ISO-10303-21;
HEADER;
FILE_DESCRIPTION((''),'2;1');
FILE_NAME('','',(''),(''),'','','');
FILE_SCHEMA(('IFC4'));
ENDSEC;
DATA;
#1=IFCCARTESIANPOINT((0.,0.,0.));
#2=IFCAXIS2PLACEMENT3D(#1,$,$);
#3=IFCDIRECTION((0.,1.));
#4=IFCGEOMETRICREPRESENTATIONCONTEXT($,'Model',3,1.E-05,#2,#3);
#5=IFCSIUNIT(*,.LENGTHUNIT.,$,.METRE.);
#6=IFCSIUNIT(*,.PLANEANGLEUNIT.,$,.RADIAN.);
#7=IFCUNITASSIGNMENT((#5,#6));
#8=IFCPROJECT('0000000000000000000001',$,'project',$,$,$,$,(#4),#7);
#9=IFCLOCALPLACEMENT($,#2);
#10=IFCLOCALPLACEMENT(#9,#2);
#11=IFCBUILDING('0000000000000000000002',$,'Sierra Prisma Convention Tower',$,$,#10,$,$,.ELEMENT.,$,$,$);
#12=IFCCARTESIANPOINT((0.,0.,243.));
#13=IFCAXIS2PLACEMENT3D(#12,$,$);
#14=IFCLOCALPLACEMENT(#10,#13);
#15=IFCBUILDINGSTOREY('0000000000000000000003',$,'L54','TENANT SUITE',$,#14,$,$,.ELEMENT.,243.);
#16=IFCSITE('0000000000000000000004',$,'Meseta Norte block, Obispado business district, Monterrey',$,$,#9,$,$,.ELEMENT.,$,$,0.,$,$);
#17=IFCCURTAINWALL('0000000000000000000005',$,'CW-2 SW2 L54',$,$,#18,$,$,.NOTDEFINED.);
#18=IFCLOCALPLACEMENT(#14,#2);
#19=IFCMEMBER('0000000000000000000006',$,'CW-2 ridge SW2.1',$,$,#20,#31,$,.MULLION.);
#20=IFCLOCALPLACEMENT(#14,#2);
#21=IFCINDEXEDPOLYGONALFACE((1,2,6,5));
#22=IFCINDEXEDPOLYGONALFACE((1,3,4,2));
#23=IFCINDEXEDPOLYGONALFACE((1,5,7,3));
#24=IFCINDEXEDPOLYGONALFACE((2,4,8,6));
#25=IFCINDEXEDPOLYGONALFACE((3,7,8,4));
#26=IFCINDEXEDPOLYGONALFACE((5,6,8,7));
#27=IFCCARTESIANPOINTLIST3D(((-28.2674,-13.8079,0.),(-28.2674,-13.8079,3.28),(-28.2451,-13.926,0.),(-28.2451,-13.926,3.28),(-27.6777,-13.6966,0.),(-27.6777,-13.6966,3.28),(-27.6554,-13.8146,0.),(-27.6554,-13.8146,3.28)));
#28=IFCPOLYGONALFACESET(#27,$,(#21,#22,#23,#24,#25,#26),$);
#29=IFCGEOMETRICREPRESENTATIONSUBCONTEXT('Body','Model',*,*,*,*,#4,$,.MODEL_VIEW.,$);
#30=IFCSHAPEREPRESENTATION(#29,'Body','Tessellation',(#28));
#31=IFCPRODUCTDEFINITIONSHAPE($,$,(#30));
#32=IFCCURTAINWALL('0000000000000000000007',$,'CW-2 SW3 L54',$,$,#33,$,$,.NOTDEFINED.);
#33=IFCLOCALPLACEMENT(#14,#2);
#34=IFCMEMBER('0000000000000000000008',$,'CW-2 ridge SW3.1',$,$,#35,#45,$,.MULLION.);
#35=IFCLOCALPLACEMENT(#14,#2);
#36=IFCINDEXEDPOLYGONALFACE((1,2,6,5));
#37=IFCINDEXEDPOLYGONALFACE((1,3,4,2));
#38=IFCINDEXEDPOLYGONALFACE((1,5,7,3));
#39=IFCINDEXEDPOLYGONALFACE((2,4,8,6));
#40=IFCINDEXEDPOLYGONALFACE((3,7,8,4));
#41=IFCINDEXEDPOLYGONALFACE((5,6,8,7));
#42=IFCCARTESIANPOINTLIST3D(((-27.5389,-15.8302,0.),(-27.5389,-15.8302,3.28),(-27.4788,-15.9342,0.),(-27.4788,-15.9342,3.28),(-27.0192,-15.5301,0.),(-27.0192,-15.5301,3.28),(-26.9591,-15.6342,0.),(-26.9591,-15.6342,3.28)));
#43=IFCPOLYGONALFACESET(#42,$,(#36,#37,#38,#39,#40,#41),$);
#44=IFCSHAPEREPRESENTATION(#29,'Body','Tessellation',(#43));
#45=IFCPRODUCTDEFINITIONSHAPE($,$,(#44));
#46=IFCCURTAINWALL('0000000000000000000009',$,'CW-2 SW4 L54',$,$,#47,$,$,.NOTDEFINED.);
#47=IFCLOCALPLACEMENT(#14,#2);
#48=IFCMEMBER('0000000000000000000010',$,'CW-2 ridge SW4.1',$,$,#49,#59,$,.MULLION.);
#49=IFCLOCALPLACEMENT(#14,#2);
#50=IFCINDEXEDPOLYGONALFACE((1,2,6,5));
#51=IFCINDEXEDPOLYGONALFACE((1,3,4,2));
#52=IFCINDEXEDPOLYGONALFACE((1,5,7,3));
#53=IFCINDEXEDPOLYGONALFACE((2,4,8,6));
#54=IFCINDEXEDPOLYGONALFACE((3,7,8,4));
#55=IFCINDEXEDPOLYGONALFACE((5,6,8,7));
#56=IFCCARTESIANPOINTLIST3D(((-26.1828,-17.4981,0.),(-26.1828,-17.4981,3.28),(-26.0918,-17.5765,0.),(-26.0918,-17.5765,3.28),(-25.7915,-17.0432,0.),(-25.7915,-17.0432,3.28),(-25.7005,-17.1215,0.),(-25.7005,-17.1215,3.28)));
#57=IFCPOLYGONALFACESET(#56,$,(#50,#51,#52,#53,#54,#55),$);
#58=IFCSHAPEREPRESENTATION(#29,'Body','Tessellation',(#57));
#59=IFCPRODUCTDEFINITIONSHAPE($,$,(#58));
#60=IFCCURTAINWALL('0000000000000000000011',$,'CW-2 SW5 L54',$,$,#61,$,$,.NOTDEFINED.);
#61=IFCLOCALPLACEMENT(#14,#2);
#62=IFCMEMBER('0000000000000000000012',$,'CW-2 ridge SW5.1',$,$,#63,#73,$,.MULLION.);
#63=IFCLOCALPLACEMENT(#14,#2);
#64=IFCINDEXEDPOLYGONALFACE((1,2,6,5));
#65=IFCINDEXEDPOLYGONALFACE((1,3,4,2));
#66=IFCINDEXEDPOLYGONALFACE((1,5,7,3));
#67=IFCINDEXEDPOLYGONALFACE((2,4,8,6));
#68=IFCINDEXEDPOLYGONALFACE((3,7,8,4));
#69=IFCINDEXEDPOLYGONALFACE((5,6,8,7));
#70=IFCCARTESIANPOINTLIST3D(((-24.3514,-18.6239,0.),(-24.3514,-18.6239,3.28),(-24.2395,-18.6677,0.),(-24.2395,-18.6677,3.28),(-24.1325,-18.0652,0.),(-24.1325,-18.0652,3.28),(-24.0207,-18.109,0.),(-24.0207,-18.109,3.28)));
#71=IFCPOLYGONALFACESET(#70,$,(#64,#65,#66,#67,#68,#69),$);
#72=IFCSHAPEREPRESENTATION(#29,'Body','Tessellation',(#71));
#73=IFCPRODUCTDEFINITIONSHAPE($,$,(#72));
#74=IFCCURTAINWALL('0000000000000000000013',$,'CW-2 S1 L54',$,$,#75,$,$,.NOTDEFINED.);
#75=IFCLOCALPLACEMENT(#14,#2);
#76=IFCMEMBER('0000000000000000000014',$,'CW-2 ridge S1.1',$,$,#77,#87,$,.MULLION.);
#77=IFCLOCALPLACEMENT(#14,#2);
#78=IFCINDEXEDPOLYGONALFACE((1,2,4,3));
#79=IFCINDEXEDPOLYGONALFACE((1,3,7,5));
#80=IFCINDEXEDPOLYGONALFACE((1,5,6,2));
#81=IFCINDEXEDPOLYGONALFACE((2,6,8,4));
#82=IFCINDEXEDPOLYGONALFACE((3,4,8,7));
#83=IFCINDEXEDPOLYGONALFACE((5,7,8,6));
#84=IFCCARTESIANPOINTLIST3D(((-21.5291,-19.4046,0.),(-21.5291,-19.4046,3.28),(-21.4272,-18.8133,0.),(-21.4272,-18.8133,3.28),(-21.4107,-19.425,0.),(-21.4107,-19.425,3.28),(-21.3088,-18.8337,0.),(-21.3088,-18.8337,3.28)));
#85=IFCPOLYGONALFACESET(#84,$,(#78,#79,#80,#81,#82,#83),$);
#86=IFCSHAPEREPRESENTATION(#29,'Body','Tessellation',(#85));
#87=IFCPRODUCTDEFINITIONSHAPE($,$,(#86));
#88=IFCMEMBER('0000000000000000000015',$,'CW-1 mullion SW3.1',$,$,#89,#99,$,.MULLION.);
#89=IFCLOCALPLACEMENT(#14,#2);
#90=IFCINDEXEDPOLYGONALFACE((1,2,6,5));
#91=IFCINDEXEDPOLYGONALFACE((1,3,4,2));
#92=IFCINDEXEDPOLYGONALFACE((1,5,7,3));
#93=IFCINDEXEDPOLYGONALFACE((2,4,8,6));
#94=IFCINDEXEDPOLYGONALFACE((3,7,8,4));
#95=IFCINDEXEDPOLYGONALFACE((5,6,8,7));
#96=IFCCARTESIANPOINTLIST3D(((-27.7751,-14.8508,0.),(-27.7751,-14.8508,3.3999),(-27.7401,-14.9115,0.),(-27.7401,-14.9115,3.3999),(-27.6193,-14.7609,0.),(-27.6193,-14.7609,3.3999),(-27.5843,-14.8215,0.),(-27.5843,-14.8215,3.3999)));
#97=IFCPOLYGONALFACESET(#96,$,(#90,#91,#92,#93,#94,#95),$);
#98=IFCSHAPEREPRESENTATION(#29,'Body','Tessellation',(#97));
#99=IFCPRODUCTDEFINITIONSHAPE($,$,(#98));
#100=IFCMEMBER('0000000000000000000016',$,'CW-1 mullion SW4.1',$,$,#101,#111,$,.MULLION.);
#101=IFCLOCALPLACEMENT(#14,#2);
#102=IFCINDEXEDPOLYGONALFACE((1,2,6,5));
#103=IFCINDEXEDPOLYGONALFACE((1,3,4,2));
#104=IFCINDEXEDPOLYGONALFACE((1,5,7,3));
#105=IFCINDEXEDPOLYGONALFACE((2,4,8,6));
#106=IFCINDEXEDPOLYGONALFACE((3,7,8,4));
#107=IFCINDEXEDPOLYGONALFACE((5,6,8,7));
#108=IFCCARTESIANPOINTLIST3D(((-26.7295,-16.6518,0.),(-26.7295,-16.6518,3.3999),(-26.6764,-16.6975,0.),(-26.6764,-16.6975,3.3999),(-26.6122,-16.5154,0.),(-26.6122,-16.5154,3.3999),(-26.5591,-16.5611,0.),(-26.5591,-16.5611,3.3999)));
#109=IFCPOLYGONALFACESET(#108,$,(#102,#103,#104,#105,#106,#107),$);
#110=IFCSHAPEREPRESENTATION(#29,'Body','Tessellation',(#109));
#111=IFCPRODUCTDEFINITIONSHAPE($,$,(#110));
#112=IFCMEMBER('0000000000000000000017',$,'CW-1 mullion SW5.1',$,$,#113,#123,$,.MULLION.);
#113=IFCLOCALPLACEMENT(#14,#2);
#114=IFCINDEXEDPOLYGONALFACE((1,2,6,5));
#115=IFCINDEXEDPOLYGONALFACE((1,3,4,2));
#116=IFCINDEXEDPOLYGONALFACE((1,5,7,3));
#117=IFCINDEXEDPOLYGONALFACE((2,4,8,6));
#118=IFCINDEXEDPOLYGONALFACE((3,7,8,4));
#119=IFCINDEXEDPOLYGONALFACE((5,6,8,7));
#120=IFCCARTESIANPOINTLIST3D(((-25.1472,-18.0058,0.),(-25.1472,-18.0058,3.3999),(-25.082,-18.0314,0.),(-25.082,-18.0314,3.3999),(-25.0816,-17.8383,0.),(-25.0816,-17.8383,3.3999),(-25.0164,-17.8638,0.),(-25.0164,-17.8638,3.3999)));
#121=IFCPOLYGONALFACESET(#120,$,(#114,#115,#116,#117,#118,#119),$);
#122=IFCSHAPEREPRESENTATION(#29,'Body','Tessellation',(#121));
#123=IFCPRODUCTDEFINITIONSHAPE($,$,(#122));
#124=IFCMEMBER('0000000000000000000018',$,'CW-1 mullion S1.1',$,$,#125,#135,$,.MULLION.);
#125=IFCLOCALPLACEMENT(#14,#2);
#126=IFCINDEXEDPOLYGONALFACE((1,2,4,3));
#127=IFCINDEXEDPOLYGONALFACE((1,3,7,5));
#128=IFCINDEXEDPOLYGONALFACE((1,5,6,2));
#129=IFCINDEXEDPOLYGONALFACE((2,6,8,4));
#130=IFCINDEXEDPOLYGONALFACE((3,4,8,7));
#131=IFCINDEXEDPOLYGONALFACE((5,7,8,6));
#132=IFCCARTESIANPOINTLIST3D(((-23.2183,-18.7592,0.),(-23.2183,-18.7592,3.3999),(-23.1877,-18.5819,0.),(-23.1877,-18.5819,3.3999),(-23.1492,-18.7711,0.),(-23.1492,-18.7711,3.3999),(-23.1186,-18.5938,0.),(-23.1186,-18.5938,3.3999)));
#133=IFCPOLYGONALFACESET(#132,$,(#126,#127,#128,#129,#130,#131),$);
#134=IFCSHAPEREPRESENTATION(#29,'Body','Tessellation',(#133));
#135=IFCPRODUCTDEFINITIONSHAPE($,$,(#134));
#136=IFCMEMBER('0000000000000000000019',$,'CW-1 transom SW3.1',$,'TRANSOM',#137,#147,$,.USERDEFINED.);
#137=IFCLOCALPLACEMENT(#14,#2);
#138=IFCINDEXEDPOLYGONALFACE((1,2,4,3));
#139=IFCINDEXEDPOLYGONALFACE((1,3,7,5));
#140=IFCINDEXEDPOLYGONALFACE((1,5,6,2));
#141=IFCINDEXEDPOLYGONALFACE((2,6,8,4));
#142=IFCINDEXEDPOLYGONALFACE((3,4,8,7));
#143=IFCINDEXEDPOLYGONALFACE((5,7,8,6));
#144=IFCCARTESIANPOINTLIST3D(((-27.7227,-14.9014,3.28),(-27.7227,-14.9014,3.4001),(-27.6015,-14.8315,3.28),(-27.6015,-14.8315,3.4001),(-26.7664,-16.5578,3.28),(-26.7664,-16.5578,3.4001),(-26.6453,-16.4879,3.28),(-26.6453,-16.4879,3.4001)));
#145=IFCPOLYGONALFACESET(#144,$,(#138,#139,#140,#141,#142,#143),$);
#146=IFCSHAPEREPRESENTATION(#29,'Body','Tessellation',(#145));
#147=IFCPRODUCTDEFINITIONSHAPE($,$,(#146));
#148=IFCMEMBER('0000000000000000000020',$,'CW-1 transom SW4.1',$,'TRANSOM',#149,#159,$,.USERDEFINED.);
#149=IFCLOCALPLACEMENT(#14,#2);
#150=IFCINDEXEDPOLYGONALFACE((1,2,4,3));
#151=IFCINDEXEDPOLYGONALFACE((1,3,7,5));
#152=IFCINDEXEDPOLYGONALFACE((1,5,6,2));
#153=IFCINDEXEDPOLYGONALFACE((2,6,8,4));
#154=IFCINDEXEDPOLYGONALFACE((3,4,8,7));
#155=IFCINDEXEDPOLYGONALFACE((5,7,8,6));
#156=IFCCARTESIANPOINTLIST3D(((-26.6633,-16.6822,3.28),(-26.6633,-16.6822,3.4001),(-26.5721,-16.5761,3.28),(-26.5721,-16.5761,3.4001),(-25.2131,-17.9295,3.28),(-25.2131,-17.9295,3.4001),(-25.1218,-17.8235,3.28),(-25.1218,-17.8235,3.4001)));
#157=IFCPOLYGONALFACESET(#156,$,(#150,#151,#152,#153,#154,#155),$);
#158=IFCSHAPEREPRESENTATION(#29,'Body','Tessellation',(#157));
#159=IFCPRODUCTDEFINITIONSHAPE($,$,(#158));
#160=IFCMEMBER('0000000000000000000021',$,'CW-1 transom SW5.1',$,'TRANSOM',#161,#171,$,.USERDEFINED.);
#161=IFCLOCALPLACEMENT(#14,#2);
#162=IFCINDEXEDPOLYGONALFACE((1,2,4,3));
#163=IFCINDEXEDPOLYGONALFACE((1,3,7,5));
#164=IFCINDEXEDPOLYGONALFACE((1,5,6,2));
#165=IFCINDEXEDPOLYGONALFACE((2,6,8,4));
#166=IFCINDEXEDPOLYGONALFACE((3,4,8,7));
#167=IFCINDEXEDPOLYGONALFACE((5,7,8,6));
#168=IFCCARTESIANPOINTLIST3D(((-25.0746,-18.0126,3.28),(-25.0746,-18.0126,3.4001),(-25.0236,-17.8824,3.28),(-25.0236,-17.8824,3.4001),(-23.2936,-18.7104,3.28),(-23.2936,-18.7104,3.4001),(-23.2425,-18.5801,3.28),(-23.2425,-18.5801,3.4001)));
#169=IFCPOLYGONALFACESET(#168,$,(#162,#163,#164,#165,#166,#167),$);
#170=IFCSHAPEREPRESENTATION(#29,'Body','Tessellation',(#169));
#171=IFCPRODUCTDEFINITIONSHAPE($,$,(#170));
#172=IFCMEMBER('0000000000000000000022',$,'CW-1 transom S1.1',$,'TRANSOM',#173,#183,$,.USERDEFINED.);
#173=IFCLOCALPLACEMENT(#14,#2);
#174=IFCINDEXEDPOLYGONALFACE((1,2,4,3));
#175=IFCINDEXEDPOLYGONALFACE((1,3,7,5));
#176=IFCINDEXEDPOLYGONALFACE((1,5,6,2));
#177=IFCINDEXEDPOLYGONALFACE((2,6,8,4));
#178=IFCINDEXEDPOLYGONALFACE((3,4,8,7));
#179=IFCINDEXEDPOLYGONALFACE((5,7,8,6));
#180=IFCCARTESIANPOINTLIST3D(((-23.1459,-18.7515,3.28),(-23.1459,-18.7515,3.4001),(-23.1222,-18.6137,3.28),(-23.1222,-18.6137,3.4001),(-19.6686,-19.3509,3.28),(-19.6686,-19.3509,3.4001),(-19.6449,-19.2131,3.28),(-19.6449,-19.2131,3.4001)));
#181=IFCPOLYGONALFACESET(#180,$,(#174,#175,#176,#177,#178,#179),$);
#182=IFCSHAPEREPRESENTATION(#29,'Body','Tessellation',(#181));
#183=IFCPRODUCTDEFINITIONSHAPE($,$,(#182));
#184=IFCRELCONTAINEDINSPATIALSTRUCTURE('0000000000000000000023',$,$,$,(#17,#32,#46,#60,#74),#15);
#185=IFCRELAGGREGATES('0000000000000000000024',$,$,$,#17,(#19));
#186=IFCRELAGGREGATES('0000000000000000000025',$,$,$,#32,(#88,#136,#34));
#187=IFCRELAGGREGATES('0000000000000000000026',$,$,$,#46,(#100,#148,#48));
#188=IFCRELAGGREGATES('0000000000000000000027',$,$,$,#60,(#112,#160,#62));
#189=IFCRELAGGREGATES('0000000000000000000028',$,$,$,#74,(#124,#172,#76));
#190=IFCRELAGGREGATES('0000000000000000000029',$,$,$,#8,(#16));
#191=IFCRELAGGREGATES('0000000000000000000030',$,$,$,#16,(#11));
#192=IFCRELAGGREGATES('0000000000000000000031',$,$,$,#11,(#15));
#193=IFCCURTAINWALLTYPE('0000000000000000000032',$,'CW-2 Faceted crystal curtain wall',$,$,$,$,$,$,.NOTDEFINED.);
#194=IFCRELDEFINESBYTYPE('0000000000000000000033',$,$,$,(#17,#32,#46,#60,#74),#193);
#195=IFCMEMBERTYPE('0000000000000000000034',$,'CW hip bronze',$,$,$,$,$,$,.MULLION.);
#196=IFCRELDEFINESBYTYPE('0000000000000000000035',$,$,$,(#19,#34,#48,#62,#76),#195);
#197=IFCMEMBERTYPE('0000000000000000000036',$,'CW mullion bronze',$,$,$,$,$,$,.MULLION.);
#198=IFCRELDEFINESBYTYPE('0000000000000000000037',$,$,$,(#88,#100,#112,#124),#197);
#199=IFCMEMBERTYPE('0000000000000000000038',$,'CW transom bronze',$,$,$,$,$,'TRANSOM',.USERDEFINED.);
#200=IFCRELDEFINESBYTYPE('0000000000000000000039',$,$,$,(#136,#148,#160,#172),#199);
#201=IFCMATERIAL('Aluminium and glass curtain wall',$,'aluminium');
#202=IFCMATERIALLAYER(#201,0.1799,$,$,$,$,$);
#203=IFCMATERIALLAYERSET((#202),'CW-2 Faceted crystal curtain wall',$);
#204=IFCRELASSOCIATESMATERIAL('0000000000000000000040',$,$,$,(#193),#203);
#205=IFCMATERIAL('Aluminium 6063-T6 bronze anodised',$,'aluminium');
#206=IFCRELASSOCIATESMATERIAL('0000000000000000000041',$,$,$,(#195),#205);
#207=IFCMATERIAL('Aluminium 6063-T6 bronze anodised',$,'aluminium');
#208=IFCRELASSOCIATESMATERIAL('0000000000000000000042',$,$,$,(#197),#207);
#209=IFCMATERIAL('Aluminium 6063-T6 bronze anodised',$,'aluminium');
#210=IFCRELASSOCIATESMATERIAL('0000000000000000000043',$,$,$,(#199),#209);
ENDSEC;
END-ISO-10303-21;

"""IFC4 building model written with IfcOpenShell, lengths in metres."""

from ifc_helpers import new_model, si_unit, direction, frame, origin, origin_2d, place, context, subcontext, project, spatial, rectangle, extrude, material, layer, layer_set, material_profile, profile_set, type_object, element, aggregate, save


model = new_model("IFC4")

# Units and contexts
model_context = context("Model", 3, precision=1e-05, world=origin(), true_north=direction((0.0, 1.0)))
body_context = subcontext(model_context, "Body", "Model", "MODEL_VIEW")
ifc_project = project(units=[si_unit("LENGTHUNIT", "METRE"), si_unit("PLANEANGLEUNIT", "RADIAN")], contexts=[model_context])

# Site, building, storey
site_placement = place(None, origin())
site = spatial("IfcSite", under=ifc_project, at=site_placement, Name="Meseta Norte block, Obispado business district, Monterrey", CompositionType="ELEMENT", RefElevation=0.0)
building_placement = place(site_placement, origin())
building = spatial("IfcBuilding", under=site, at=building_placement, Name="Sierra Prisma Convention Tower", CompositionType="ELEMENT")
storey_placement = place(building_placement, frame((0.0, 0.0, 243.0)))
storey = spatial("IfcBuildingStorey", under=building, at=storey_placement, Name="L54", Description="TENANT SUITE", CompositionType="ELEMENT", Elevation=243.0)

# Curtain walls, members
ifc_material_1 = material(Name="Aluminium and glass curtain wall", Category="aluminium")
ifc_layer_1 = layer(ifc_material_1, 0.1799)
ifc_layer_set_1 = layer_set([ifc_layer_1], Name="CW-2 Faceted crystal curtain wall")
curtain_wall_type = type_object("IfcCurtainWallType", Name="CW-2 Faceted crystal curtain wall", PredefinedType="NOTDEFINED", material=ifc_layer_set_1)
curtain_wall_1_placement = place(storey_placement, origin())
curtain_wall_1 = element("IfcCurtainWall", 1, at=curtain_wall_1_placement, inside=storey, type_object=curtain_wall_type, Name="CW-2 SW2 L54", PredefinedType="NOTDEFINED")
ifc_material_2 = material(Name="Aluminium 6063-T6 bronze anodised", Category="aluminium")
ifc_material_profile_1 = material_profile(ifc_material_2, rectangle(XDim=0.1201, YDim=0.6001, at=origin_2d()), Name="ALU RIDGE BLADE 120x600")
ifc_profile_set_1 = profile_set([ifc_material_profile_1], Name="Aluminium 6063-T6 bronze anodised")
member_type_1 = type_object("IfcMemberType", Name="CW hip bronze", PredefinedType="MULLION", material=ifc_profile_set_1)
member_1_placement = place(storey_placement, frame((-27.9614, -13.8113, 0.0), z_axis=(0.0, 0.0, 1.0), x_axis=(0.185582, -0.982629, 0.0)))
member_1 = element("IfcMember", 2, at=member_1_placement, type_object=member_type_1, Name="CW-2 ridge SW2.1", PredefinedType="MULLION", context=body_context, shape_type="SweptSolid", body=[
    extrude(rectangle(XDim=0.1201, YDim=0.6001, at=origin_2d()), origin(), (0.0, 0.0, 1.0), 3.28),
])
curtain_wall_2_placement = place(storey_placement, origin())
curtain_wall_2 = element("IfcCurtainWall", 3, at=curtain_wall_2_placement, inside=storey, type_object=curtain_wall_type, Name="CW-2 SW3 L54", PredefinedType="NOTDEFINED")
member_2_placement = place(storey_placement, frame((-27.249, -15.7322, 0.0), z_axis=(0.0, 0.0, 1.0), x_axis=(0.5, -0.866025, 0.0)))
member_2 = element("IfcMember", 4, at=member_2_placement, type_object=member_type_1, Name="CW-2 ridge SW3.1", PredefinedType="MULLION", context=body_context, shape_type="SweptSolid", body=[
    extrude(rectangle(XDim=0.1201, YDim=0.6001, at=origin_2d()), origin(), (0.0, 0.0, 1.0), 3.28),
])
curtain_wall_3_placement = place(storey_placement, origin())
curtain_wall_3 = element("IfcCurtainWall", 5, at=curtain_wall_3_placement, inside=storey, type_object=curtain_wall_type, Name="CW-2 SW4 L54", PredefinedType="NOTDEFINED")
member_3_placement = place(storey_placement, frame((-25.9417, -17.3098, 0.0), z_axis=(0.0, 0.0, 1.0), x_axis=(0.75819, -0.652033, 0.0)))
member_3 = element("IfcMember", 6, at=member_3_placement, type_object=member_type_1, Name="CW-2 ridge SW4.1", PredefinedType="MULLION", context=body_context, shape_type="SweptSolid", body=[
    extrude(rectangle(XDim=0.1201, YDim=0.6001, at=origin_2d()), origin(), (0.0, 0.0, 1.0), 3.28),
])
curtain_wall_4_placement = place(storey_placement, origin())
curtain_wall_4 = element("IfcCurtainWall", 7, at=curtain_wall_4_placement, inside=storey, type_object=curtain_wall_type, Name="CW-2 SW5 L54", PredefinedType="NOTDEFINED")
member_4_placement = place(storey_placement, frame((-24.186, -18.3665, 0.0), z_axis=(0.0, 0.0, 1.0), x_axis=(0.931119, -0.364717, 0.0)))
member_4 = element("IfcMember", 8, at=member_4_placement, type_object=member_type_1, Name="CW-2 ridge SW5.1", PredefinedType="MULLION", context=body_context, shape_type="SweptSolid", body=[
    extrude(rectangle(XDim=0.1201, YDim=0.6001, at=origin_2d()), origin(), (0.0, 0.0, 1.0), 3.28),
])
curtain_wall_5_placement = place(storey_placement, origin())
curtain_wall_5 = element("IfcCurtainWall", 9, at=curtain_wall_5_placement, inside=storey, type_object=curtain_wall_type, Name="CW-2 S1 L54", PredefinedType="NOTDEFINED")
member_5_placement = place(storey_placement, frame((-21.4189, -19.1191, 0.0), z_axis=(0.0, 0.0, 1.0), x_axis=(0.985463, -0.16989, 0.0)))
member_5 = element("IfcMember", 10, at=member_5_placement, type_object=member_type_1, Name="CW-2 ridge S1.1", PredefinedType="MULLION", context=body_context, shape_type="SweptSolid", body=[
    extrude(rectangle(XDim=0.1201, YDim=0.6001, at=origin_2d()), origin(), (0.0, 0.0, 1.0), 3.28),
])

# Members
ifc_material_3 = material(Name="Aluminium 6063-T6 bronze anodised", Category="aluminium")
ifc_material_profile_2 = material_profile(ifc_material_3, rectangle(XDim=0.1799, YDim=0.0701, at=origin_2d()), Name="ALU MULLION 70x180")
ifc_profile_set_2 = profile_set([ifc_material_profile_2], Name="Aluminium 6063-T6 bronze anodised")
member_type_2 = type_object("IfcMemberType", Name="CW mullion bronze", PredefinedType="MULLION", material=ifc_profile_set_2)
member_6_placement = place(storey_placement, frame((-27.6797, -14.8362, 0.0), z_axis=(0.0, 0.0, 1.0), x_axis=(0.866025, 0.5, 0.0)))
member_6 = element("IfcMember", 11, at=member_6_placement, type_object=member_type_2, Name="CW-1 mullion SW3.1", PredefinedType="MULLION", context=body_context, shape_type="SweptSolid", body=[
    extrude(rectangle(XDim=0.1799, YDim=0.0701, at=origin_2d()), origin(), (0.0, 0.0, 1.0), 3.3999),
])
member_7_placement = place(storey_placement, frame((-26.6443, -16.6064, 0.0), z_axis=(0.0, 0.0, 1.0), x_axis=(0.652033, 0.75819, 0.0)))
member_7 = element("IfcMember", 12, at=member_7_placement, type_object=member_type_2, Name="CW-1 mullion SW4.1", PredefinedType="MULLION", context=body_context, shape_type="SweptSolid", body=[
    extrude(rectangle(XDim=0.1799, YDim=0.0701, at=origin_2d()), origin(), (0.0, 0.0, 1.0), 3.3999),
])
member_8_placement = place(storey_placement, frame((-25.0818, -17.9348, 0.0), z_axis=(0.0, 0.0, 1.0), x_axis=(0.364717, 0.931119, 0.0)))
member_8 = element("IfcMember", 13, at=member_8_placement, type_object=member_type_2, Name="CW-1 mullion SW5.1", PredefinedType="MULLION", context=body_context, shape_type="SweptSolid", body=[
    extrude(rectangle(XDim=0.1799, YDim=0.0701, at=origin_2d()), origin(), (0.0, 0.0, 1.0), 3.3999),
])
member_9_placement = place(storey_placement, frame((-23.1685, -18.6765, 0.0), z_axis=(0.0, 0.0, 1.0), x_axis=(0.16989, 0.985463, 0.0)))
member_9 = element("IfcMember", 14, at=member_9_placement, type_object=member_type_2, Name="CW-1 mullion S1.1", PredefinedType="MULLION", context=body_context, shape_type="SweptSolid", body=[
    extrude(rectangle(XDim=0.1799, YDim=0.0701, at=origin_2d()), origin(), (0.0, 0.0, 1.0), 3.3999),
])
ifc_material_4 = material(Name="Aluminium 6063-T6 bronze anodised", Category="aluminium")
ifc_material_profile_3 = material_profile(ifc_material_4, rectangle(XDim=0.1399, YDim=0.1201, at=origin_2d()), Name="ALU TRANSOM 120x140")
ifc_profile_set_3 = profile_set([ifc_material_profile_3], Name="Aluminium 6063-T6 bronze anodised")
member_type_3 = type_object("IfcMemberType", Name="CW transom bronze", ElementType="TRANSOM", PredefinedType="USERDEFINED", material=ifc_profile_set_3)
member_10_placement = place(storey_placement, frame((-27.6621, -14.8665, 3.3401), z_axis=(0.499969, -0.866043, 0.0), x_axis=(0.866043, 0.499969, 0.0)))
member_10 = element("IfcMember", 15, at=member_10_placement, type_object=member_type_3, Name="CW-1 transom SW3.1", ObjectType="TRANSOM", PredefinedType="USERDEFINED", context=body_context, shape_type="SweptSolid", body=[
    extrude(rectangle(XDim=0.1399, YDim=0.1201, at=origin_2d()), origin(), (0.0, 0.0, 1.0), 1.9126),
])
member_11_placement = place(storey_placement, frame((-26.6177, -16.6292, 3.3401), z_axis=(0.758147, -0.652083, 0.0), x_axis=(0.652083, 0.758147, 0.0)))
member_11 = element("IfcMember", 16, at=member_11_placement, type_object=member_type_3, Name="CW-1 transom SW4.1", ObjectType="TRANSOM", PredefinedType="USERDEFINED", context=body_context, shape_type="SweptSolid", body=[
    extrude(rectangle(XDim=0.1399, YDim=0.1201, at=origin_2d()), origin(), (0.0, 0.0, 1.0), 1.9128),
])
member_12_placement = place(storey_placement, frame((-25.0491, -17.9475, 3.3401), z_axis=(0.931094, -0.36478, 0.0), x_axis=(0.36478, 0.931094, 0.0)))
member_12 = element("IfcMember", 17, at=member_12_placement, type_object=member_type_3, Name="CW-1 transom SW5.1", ObjectType="TRANSOM", PredefinedType="USERDEFINED", context=body_context, shape_type="SweptSolid", body=[
    extrude(rectangle(XDim=0.1399, YDim=0.1201, at=origin_2d()), origin(), (0.0, 0.0, 1.0), 1.9128),
])
member_13_placement = place(storey_placement, frame((-23.134, -18.6826, 3.3401), z_axis=(0.985468, -0.169861, 0.0), x_axis=(0.169861, 0.985468, 0.0)))
member_13 = element("IfcMember", 18, at=member_13_placement, type_object=member_type_3, Name="CW-1 transom S1.1", ObjectType="TRANSOM", PredefinedType="USERDEFINED", context=body_context, shape_type="SweptSolid", body=[
    extrude(rectangle(XDim=0.1399, YDim=0.1201, at=origin_2d()), origin(), (0.0, 0.0, 1.0), 3.5286),
])

aggregate(curtain_wall_1, [member_1])
aggregate(curtain_wall_2, [member_6, member_10, member_2])
aggregate(curtain_wall_3, [member_7, member_11, member_3])
aggregate(curtain_wall_4, [member_8, member_12, member_4])
aggregate(curtain_wall_5, [member_9, member_13, member_5])

save(model, "model.ifc")
